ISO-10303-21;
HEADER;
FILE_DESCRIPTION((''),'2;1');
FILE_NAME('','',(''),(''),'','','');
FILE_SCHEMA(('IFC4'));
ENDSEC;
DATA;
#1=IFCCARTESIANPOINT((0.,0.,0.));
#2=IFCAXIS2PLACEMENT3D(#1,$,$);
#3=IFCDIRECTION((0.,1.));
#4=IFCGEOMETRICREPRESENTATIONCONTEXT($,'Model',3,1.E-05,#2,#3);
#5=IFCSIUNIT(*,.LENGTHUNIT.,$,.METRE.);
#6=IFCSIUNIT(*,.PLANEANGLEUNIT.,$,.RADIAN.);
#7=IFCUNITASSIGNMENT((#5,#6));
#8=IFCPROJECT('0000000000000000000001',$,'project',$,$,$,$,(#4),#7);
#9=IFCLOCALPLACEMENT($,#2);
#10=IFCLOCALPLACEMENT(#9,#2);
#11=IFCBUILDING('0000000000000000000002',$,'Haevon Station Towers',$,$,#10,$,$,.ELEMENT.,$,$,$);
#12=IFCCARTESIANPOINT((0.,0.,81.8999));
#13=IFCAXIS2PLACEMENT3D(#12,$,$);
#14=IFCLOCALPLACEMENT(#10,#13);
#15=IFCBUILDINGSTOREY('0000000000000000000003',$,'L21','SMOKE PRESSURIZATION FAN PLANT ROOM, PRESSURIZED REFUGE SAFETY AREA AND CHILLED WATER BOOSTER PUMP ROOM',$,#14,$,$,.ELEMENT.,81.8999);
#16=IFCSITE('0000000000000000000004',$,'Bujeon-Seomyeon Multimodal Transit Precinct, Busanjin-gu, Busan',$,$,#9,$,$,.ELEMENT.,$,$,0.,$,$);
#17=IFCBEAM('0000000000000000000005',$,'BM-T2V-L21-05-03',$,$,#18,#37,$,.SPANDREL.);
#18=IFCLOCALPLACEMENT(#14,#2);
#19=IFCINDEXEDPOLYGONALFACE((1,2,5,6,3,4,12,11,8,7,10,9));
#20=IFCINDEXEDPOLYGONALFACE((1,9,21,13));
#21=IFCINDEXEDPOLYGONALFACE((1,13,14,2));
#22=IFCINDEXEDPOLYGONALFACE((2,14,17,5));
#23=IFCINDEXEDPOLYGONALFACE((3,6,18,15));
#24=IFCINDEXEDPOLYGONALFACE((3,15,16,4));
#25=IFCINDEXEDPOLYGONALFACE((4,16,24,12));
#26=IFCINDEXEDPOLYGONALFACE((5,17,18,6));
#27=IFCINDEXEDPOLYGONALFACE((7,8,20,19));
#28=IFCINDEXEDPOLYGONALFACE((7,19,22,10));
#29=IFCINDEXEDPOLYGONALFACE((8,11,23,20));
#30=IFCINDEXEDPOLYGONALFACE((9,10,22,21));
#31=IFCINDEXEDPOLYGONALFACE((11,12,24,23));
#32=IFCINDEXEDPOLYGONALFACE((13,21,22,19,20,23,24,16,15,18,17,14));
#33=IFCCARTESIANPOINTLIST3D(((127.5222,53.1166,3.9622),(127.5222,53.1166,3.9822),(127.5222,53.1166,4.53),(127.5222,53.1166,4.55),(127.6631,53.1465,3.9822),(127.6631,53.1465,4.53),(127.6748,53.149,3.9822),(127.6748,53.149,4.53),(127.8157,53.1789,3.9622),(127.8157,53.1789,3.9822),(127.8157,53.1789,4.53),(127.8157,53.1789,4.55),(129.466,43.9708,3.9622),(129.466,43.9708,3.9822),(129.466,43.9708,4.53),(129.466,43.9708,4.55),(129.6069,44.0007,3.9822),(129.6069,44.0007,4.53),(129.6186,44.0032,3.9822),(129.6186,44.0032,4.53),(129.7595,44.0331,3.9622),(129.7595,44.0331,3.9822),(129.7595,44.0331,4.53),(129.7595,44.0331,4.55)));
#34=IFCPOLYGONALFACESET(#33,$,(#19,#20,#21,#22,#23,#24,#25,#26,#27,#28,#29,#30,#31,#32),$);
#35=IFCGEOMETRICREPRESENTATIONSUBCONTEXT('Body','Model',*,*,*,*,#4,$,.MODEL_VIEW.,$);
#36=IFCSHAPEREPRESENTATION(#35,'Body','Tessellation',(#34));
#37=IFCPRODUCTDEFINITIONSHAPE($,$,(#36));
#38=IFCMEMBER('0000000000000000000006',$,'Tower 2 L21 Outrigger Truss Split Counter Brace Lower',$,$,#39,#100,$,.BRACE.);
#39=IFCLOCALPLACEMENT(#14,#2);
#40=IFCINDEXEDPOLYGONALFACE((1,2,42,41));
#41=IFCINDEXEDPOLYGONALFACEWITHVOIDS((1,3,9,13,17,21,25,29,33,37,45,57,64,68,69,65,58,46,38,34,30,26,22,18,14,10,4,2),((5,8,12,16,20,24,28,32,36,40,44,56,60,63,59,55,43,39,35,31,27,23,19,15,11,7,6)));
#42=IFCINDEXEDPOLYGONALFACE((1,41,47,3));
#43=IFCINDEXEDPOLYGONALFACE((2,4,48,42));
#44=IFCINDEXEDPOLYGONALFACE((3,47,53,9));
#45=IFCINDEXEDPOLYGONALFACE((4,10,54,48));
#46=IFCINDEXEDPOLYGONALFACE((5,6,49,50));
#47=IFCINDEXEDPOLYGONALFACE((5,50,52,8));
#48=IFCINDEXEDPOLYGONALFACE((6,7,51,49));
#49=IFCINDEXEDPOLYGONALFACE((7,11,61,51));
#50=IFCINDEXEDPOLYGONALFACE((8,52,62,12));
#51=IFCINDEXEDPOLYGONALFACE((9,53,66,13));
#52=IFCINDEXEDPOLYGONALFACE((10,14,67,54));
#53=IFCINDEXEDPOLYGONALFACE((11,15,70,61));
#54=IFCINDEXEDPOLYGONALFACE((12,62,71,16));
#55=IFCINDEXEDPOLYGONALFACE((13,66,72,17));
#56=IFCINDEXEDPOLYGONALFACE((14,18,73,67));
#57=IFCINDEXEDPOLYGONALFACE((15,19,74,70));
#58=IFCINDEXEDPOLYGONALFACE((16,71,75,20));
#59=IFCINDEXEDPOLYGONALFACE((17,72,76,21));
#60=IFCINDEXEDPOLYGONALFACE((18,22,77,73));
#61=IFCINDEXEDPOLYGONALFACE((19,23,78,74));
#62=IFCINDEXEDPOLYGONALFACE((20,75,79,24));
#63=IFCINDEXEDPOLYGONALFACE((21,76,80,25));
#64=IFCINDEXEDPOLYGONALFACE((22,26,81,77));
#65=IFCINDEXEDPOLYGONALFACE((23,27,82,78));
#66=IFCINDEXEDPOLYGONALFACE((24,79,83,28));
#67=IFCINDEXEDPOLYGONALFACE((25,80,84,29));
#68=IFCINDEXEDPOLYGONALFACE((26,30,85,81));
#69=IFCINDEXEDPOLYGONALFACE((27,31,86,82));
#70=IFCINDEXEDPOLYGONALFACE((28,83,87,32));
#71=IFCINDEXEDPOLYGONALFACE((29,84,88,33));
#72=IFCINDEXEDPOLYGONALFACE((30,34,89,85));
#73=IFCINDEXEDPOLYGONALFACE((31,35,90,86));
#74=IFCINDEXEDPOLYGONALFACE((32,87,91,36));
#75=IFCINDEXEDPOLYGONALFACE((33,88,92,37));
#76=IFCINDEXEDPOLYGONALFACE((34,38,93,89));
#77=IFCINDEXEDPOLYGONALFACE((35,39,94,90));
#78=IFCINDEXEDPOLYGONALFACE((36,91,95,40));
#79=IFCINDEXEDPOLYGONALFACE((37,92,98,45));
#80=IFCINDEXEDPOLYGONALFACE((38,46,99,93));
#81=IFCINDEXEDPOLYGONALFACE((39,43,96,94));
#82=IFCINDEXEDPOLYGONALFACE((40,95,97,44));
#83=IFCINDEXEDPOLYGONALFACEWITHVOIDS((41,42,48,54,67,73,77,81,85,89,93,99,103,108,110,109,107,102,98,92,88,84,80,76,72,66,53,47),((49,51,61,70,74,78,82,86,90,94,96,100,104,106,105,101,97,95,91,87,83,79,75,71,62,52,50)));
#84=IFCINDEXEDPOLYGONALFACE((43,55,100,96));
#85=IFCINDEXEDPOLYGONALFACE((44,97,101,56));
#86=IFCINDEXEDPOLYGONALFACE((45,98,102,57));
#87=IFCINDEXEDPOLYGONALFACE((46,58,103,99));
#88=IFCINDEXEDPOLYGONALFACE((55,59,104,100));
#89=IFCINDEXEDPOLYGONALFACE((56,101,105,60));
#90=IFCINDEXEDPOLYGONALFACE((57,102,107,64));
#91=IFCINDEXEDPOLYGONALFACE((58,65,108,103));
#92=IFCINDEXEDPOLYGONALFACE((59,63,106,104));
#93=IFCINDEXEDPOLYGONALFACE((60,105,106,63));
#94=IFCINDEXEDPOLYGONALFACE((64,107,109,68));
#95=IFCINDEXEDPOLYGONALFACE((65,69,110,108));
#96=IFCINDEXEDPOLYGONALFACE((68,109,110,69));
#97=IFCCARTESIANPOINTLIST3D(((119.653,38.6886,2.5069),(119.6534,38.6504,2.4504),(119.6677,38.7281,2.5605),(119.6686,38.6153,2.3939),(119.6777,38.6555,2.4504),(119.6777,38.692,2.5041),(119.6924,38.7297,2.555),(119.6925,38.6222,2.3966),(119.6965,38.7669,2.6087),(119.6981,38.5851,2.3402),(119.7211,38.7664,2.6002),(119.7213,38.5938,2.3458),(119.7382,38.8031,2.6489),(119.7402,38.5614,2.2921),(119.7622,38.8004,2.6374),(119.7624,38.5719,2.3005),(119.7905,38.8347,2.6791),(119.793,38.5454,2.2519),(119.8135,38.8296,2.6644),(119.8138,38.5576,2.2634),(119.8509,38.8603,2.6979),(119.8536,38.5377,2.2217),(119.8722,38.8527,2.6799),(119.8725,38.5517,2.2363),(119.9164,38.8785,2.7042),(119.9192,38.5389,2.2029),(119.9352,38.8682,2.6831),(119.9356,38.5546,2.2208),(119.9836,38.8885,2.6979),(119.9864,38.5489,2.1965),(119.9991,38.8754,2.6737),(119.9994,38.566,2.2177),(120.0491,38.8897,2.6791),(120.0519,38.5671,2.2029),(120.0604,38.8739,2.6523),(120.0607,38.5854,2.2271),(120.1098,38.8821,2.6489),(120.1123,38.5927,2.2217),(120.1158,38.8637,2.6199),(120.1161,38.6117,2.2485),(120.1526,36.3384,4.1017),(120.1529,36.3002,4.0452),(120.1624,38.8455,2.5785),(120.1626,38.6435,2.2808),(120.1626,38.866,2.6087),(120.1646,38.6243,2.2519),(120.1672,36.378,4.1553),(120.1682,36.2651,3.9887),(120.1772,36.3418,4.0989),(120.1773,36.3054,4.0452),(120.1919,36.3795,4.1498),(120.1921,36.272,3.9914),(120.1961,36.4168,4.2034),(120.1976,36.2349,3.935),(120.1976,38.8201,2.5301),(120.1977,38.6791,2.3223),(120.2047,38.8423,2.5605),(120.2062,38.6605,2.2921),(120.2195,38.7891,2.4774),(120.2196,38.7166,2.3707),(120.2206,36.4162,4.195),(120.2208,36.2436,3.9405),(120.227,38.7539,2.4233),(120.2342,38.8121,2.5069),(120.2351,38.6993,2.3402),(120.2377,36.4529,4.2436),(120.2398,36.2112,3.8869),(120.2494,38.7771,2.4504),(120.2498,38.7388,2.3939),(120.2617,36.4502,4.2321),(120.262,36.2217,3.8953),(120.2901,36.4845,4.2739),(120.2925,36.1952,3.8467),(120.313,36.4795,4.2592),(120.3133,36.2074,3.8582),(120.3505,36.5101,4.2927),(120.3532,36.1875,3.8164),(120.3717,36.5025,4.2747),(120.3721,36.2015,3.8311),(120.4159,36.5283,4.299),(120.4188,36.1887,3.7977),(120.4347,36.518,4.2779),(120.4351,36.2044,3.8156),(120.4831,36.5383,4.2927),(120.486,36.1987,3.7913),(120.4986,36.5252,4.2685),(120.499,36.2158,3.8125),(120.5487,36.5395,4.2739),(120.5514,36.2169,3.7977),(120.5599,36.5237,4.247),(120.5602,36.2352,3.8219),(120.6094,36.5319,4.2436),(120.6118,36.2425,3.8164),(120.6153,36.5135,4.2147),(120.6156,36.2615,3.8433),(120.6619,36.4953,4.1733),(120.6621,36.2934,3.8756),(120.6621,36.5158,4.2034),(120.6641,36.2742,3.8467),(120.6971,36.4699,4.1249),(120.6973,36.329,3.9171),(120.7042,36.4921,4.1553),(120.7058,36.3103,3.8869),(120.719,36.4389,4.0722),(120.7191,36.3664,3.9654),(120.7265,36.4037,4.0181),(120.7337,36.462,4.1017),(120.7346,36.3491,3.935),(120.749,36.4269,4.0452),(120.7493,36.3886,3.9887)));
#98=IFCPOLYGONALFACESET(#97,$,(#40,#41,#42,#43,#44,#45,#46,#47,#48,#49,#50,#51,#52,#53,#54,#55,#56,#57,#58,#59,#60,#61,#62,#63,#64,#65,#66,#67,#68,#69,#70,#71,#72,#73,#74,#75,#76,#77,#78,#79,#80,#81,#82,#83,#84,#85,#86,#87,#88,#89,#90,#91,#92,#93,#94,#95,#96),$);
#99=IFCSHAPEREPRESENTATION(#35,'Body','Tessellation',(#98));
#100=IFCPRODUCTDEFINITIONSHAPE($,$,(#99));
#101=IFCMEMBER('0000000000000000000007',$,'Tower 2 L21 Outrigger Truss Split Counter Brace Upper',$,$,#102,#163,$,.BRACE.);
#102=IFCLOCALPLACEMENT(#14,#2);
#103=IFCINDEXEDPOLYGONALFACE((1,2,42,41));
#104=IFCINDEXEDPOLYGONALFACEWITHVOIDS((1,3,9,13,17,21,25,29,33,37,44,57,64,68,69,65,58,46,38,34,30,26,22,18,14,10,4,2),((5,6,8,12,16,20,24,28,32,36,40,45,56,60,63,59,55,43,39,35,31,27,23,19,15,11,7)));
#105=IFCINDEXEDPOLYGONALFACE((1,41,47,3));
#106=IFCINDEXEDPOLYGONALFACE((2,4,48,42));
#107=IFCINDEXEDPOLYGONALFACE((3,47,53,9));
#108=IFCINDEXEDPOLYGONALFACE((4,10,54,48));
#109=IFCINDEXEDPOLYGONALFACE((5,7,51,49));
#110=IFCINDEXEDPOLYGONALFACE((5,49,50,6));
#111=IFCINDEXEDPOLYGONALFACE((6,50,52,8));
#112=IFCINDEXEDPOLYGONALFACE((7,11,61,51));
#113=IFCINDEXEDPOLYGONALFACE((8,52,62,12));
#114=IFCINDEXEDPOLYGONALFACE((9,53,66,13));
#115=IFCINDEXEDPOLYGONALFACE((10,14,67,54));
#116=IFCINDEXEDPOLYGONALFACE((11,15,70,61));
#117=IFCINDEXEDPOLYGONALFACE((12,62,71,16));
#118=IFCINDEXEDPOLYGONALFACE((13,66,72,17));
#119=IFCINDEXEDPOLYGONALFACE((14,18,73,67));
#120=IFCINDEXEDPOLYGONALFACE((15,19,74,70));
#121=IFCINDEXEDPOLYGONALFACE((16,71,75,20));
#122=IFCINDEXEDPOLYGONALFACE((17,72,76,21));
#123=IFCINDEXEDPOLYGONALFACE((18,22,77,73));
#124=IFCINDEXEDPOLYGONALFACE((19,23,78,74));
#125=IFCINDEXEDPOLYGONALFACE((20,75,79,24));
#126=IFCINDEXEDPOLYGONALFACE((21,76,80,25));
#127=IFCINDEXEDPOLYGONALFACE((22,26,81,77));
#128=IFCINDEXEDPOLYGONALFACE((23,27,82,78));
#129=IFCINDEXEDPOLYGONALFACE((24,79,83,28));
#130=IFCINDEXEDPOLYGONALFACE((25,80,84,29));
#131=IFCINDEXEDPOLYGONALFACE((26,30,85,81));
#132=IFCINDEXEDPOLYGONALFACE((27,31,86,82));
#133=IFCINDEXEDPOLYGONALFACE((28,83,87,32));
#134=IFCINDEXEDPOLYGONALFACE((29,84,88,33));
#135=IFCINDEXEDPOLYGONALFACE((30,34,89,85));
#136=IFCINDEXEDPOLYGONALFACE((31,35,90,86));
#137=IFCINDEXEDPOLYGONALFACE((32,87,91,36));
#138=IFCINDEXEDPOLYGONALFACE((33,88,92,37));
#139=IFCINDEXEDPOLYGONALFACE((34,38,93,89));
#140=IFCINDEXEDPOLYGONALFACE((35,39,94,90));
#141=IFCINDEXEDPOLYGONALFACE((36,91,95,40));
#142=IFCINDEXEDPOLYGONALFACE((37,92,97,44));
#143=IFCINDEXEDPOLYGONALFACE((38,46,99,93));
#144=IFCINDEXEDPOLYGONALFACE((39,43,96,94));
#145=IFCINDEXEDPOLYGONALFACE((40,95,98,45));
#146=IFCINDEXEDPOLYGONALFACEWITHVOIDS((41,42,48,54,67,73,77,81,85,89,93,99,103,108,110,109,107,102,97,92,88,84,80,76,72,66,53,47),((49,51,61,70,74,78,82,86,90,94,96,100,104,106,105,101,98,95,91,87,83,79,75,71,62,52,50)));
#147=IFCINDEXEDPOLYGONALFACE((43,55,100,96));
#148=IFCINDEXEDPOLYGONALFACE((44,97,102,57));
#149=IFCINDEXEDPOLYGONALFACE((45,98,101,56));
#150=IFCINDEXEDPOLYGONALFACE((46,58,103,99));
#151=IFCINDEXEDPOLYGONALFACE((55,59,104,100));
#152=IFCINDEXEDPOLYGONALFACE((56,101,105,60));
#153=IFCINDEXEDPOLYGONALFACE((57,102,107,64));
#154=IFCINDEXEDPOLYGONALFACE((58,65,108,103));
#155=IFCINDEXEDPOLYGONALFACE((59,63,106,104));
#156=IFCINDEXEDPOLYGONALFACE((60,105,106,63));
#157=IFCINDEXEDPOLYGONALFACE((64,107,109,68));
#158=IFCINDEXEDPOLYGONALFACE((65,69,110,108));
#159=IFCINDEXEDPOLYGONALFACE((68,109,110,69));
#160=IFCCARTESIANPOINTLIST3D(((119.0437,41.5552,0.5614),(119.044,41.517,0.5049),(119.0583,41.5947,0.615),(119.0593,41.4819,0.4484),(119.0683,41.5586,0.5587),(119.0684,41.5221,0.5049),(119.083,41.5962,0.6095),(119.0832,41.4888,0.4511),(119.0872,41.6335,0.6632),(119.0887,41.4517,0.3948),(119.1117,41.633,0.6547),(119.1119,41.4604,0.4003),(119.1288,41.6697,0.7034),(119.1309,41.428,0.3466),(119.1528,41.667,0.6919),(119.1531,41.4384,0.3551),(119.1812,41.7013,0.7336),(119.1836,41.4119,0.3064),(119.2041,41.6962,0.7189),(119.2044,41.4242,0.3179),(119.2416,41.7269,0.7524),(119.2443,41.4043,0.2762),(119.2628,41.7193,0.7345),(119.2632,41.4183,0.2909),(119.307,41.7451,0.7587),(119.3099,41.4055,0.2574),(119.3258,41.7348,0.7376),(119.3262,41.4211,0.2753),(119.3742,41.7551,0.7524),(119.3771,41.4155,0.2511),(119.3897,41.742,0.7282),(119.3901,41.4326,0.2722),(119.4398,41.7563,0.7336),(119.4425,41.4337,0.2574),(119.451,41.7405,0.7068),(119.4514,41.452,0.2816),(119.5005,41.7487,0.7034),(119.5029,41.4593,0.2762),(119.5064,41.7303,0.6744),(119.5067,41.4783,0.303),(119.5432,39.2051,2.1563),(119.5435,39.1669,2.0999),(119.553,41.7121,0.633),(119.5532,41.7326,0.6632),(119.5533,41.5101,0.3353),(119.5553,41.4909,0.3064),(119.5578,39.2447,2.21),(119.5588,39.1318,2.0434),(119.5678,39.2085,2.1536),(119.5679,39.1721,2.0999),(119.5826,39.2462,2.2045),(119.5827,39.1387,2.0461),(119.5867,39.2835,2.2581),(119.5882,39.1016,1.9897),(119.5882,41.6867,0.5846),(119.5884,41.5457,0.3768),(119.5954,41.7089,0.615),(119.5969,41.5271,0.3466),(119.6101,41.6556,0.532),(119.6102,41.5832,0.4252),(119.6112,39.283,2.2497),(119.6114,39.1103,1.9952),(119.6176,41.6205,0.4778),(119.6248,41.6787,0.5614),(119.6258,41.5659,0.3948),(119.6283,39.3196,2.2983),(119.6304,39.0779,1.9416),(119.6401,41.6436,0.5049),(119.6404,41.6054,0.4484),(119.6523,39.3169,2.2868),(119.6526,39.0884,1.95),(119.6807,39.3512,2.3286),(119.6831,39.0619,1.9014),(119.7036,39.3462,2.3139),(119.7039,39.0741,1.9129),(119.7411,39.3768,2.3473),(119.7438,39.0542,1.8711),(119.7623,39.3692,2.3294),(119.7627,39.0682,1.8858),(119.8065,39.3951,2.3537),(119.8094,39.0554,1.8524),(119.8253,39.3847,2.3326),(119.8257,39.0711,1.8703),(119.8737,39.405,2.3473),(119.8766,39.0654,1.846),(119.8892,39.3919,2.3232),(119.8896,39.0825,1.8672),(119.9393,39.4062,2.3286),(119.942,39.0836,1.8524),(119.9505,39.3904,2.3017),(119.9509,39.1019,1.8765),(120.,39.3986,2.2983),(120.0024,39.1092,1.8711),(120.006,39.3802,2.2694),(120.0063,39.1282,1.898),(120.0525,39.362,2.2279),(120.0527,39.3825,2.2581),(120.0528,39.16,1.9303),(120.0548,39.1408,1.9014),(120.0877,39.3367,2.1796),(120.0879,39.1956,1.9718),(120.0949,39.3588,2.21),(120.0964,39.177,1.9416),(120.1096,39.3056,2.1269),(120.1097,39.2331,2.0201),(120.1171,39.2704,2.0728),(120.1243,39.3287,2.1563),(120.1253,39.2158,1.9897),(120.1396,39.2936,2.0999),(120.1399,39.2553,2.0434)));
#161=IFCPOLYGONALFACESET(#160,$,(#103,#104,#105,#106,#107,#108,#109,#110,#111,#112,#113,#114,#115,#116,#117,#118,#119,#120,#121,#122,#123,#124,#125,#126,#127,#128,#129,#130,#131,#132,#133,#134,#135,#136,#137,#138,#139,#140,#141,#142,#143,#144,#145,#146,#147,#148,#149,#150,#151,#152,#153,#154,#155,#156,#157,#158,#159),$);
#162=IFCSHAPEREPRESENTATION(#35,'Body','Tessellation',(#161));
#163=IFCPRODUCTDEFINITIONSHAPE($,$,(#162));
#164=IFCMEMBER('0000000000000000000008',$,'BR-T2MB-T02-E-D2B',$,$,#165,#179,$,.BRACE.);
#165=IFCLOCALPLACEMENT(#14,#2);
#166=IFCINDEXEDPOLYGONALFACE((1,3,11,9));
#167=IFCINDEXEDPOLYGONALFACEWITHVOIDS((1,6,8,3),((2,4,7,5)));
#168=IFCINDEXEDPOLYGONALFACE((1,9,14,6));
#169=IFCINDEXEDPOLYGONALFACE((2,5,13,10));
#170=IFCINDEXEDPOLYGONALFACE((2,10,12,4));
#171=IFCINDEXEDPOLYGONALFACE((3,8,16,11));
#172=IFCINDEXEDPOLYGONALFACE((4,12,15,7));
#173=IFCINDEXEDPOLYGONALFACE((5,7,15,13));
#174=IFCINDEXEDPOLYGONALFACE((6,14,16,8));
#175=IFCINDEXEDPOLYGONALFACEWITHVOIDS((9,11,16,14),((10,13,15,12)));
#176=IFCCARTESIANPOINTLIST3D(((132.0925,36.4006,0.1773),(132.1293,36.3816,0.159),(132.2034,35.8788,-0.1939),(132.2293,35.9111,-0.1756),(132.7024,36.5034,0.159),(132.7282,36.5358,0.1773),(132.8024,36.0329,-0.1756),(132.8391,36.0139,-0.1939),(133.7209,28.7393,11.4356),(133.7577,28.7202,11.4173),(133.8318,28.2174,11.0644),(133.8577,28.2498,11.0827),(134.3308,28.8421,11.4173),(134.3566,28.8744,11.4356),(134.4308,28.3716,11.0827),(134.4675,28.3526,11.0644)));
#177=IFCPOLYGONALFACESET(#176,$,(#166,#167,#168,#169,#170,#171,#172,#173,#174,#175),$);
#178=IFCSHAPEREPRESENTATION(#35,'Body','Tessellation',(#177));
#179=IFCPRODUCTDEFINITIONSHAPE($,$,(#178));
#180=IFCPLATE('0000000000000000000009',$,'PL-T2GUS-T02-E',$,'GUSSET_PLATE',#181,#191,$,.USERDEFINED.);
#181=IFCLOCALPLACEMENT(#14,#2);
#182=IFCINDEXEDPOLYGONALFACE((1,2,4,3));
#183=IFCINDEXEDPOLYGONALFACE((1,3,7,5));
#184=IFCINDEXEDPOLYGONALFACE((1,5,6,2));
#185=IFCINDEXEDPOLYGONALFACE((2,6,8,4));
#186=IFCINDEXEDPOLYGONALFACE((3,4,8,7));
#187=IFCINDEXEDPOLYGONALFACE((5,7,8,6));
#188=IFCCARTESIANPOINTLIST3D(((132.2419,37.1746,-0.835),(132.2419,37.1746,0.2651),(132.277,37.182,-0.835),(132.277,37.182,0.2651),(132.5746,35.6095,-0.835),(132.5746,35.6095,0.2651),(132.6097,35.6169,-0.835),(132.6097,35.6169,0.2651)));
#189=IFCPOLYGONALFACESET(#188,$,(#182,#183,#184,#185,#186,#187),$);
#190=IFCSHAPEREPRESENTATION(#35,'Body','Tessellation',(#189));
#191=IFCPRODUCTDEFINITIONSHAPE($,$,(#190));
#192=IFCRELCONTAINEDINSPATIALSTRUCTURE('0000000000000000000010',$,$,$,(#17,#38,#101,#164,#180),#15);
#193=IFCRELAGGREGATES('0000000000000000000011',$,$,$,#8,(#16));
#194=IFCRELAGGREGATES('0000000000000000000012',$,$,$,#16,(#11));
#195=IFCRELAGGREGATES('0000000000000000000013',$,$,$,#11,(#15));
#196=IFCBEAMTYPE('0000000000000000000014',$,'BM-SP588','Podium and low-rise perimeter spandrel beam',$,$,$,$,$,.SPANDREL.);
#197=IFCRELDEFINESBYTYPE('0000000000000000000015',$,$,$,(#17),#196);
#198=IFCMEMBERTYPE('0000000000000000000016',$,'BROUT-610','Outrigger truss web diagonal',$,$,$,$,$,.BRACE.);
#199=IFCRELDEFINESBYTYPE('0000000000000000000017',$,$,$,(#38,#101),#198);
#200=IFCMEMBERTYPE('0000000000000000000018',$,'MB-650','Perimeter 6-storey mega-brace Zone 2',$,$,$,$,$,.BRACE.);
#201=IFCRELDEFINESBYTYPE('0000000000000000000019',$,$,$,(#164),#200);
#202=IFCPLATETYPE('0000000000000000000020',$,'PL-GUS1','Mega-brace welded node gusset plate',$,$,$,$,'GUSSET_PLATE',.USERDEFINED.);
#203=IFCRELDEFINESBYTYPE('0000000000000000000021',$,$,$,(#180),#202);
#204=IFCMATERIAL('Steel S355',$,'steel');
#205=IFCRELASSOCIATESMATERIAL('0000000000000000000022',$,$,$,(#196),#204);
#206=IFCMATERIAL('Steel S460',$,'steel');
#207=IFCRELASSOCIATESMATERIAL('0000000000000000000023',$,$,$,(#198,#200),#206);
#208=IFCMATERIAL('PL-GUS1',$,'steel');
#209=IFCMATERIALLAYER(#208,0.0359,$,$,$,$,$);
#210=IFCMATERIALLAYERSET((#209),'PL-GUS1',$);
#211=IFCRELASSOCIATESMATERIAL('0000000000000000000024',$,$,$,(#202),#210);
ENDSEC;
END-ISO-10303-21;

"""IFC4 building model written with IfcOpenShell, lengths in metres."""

from ifc_helpers import new_model, si_unit, direction, frame, origin, origin_2d, place, context, subcontext, project, spatial, rectangle, hollow_rectangle, hollow_circle, i_section, extrude, material, layer, layer_set, material_profile, profile_set, type_object, element, save


model = new_model("IFC4")

# Units and contexts
model_context = context("Model", 3, precision=1e-05, world=origin(), true_north=direction((0.0, 1.0)))
body_context = subcontext(model_context, "Body", "Model", "MODEL_VIEW")
ifc_project = project(units=[si_unit("LENGTHUNIT", "METRE"), si_unit("PLANEANGLEUNIT", "RADIAN")], contexts=[model_context])

# Site, building, storey
site_placement = place(None, origin())
site = spatial("IfcSite", under=ifc_project, at=site_placement, Name="Bujeon-Seomyeon Multimodal Transit Precinct, Busanjin-gu, Busan", CompositionType="ELEMENT", RefElevation=0.0)
building_placement = place(site_placement, origin())
building = spatial("IfcBuilding", under=site, at=building_placement, Name="Haevon Station Towers", CompositionType="ELEMENT")
storey_placement = place(building_placement, frame((0.0, 0.0, 81.8999)))
storey = spatial("IfcBuildingStorey", under=building, at=storey_placement, Name="L21", Description="SMOKE PRESSURIZATION FAN PLANT ROOM, PRESSURIZED REFUGE SAFETY AREA AND CHILLED WATER BOOSTER PUMP ROOM", CompositionType="ELEMENT", Elevation=81.8999)

# Shared definitions
ifc_material_1 = material(Name="Steel S460", Category="steel")

# Beam
ifc_material_2 = material(Name="Steel S355", Category="steel")
ifc_material_profile_1 = material_profile(ifc_material_2, i_section(OverallWidth=0.3, OverallDepth=0.5879, WebThickness=0.012, FlangeThickness=0.02, at=origin_2d()), Name="H-588x300x12x20")
ifc_profile_set_1 = profile_set([ifc_material_profile_1], Name="Steel S355")
beam_type_1 = type_object("IfcBeamType", Name="BM-SP588", Description="Podium and low-rise perimeter spandrel beam", PredefinedType="SPANDREL", material=ifc_profile_set_1)
beam_1_placement = place(storey_placement, frame((129.6128, 44.002, 4.2561), z_axis=(-0.207897, 0.978151, 0.0), x_axis=(-0.978151, -0.207897, 0.0)))
element("IfcBeam", 1, at=beam_1_placement, inside=storey, type_object=beam_type_1, Name="BM-T2V-L21-05-03", PredefinedType="SPANDREL", context=body_context, shape_type="SweptSolid", body=[
    extrude(i_section(OverallWidth=0.3, OverallDepth=0.5879, WebThickness=0.012, FlangeThickness=0.02, at=origin_2d()), origin(), (0.0, 0.0, 1.0), 9.3501),
])

# Members
ifc_material_profile_2 = material_profile(ifc_material_1, hollow_circle(Radius=0.3047, WallThickness=0.0249, at=origin_2d()), Name="CHS-609.6x25")
ifc_profile_set_2 = profile_set([ifc_material_profile_2], Name="Steel S460")
member_type_1 = type_object("IfcMemberType", Name="BROUT-610", Description="Outrigger truss web diagonal", PredefinedType="BRACE", material=ifc_profile_set_2)
for number, where, z_axis, x_axis, name in (
    (2, (120.4509, 36.3635, 4.0452), (-0.17322, 0.814964, -0.553017), (-0.978149, -0.207905, 0.0), "Tower 2 L21 Outrigger Truss Split Counter Brace Lower"),
    (3, (119.8416, 39.2302, 2.0999), (-0.173212, 0.814926, -0.553076), (-0.978149, -0.207905, 0.0), "Tower 2 L21 Outrigger Truss Split Counter Brace Upper"),
):
    element("IfcMember", number, at=place(storey_placement, frame(where, z_axis=z_axis, x_axis=x_axis)), inside=storey, type_object=member_type_1, Name=name, PredefinedType="BRACE", context=body_context, shape_type="SweptSolid", body=[
        extrude(hollow_circle(Radius=0.3047, WallThickness=0.0249, at=origin_2d()), origin(), (0.0, 0.0, 1.0), 2.8838),
    ])
ifc_material_profile_3 = material_profile(ifc_material_1, hollow_rectangle(XDim=0.6499, YDim=0.6499, WallThickness=0.032, at=origin_2d()), Name="RHS-650x650x32")
ifc_profile_set_3 = profile_set([ifc_material_profile_3], Name="Steel S460")
member_type_2 = type_object("IfcMemberType", Name="MB-650", Description="Perimeter 6-storey mega-brace Zone 2", PredefinedType="BRACE", material=ifc_profile_set_3)
member_placement = place(storey_placement, frame((132.4658, 36.2073, -0.0083), z_axis=(0.118734, -0.558618, 0.820883), x_axis=(0.978149, 0.207905, 0.0)))
element("IfcMember", 4, at=member_placement, inside=storey, type_object=member_type_2, Name="BR-T2MB-T02-E-D2B", PredefinedType="BRACE", context=body_context, shape_type="SweptSolid", body=[
    extrude(hollow_rectangle(XDim=0.6499, YDim=0.6499, WallThickness=0.032, at=origin_2d()), origin(), (0.0, 0.0, 1.0), 13.7148),
])

# Plate
ifc_material_3 = material(Name="PL-GUS1", Category="steel")
ifc_layer_1 = layer(ifc_material_3, 0.0359)
ifc_layer_set_1 = layer_set([ifc_layer_1], Name="PL-GUS1")
plate_type_1 = type_object("IfcPlateType", Name="PL-GUS1", Description="Mega-brace welded node gusset plate", ElementType="GUSSET_PLATE", PredefinedType="USERDEFINED", material=ifc_layer_set_1)
plate_placement = place(storey_placement, frame((132.4258, 36.3958, -0.835), z_axis=(0.0, 0.0, 1.0), x_axis=(-0.207912, 0.978148, 0.0)))
element("IfcPlate", 5, at=plate_placement, inside=storey, type_object=plate_type_1, Name="PL-T2GUS-T02-E", ObjectType="GUSSET_PLATE", PredefinedType="USERDEFINED", context=body_context, shape_type="SweptSolid", body=[
    extrude(rectangle(XDim=1.6001, YDim=0.0359, at=origin_2d()), origin(), (0.0, 0.0, 1.0), 1.1001),
])

save(model, "model.ifc")
